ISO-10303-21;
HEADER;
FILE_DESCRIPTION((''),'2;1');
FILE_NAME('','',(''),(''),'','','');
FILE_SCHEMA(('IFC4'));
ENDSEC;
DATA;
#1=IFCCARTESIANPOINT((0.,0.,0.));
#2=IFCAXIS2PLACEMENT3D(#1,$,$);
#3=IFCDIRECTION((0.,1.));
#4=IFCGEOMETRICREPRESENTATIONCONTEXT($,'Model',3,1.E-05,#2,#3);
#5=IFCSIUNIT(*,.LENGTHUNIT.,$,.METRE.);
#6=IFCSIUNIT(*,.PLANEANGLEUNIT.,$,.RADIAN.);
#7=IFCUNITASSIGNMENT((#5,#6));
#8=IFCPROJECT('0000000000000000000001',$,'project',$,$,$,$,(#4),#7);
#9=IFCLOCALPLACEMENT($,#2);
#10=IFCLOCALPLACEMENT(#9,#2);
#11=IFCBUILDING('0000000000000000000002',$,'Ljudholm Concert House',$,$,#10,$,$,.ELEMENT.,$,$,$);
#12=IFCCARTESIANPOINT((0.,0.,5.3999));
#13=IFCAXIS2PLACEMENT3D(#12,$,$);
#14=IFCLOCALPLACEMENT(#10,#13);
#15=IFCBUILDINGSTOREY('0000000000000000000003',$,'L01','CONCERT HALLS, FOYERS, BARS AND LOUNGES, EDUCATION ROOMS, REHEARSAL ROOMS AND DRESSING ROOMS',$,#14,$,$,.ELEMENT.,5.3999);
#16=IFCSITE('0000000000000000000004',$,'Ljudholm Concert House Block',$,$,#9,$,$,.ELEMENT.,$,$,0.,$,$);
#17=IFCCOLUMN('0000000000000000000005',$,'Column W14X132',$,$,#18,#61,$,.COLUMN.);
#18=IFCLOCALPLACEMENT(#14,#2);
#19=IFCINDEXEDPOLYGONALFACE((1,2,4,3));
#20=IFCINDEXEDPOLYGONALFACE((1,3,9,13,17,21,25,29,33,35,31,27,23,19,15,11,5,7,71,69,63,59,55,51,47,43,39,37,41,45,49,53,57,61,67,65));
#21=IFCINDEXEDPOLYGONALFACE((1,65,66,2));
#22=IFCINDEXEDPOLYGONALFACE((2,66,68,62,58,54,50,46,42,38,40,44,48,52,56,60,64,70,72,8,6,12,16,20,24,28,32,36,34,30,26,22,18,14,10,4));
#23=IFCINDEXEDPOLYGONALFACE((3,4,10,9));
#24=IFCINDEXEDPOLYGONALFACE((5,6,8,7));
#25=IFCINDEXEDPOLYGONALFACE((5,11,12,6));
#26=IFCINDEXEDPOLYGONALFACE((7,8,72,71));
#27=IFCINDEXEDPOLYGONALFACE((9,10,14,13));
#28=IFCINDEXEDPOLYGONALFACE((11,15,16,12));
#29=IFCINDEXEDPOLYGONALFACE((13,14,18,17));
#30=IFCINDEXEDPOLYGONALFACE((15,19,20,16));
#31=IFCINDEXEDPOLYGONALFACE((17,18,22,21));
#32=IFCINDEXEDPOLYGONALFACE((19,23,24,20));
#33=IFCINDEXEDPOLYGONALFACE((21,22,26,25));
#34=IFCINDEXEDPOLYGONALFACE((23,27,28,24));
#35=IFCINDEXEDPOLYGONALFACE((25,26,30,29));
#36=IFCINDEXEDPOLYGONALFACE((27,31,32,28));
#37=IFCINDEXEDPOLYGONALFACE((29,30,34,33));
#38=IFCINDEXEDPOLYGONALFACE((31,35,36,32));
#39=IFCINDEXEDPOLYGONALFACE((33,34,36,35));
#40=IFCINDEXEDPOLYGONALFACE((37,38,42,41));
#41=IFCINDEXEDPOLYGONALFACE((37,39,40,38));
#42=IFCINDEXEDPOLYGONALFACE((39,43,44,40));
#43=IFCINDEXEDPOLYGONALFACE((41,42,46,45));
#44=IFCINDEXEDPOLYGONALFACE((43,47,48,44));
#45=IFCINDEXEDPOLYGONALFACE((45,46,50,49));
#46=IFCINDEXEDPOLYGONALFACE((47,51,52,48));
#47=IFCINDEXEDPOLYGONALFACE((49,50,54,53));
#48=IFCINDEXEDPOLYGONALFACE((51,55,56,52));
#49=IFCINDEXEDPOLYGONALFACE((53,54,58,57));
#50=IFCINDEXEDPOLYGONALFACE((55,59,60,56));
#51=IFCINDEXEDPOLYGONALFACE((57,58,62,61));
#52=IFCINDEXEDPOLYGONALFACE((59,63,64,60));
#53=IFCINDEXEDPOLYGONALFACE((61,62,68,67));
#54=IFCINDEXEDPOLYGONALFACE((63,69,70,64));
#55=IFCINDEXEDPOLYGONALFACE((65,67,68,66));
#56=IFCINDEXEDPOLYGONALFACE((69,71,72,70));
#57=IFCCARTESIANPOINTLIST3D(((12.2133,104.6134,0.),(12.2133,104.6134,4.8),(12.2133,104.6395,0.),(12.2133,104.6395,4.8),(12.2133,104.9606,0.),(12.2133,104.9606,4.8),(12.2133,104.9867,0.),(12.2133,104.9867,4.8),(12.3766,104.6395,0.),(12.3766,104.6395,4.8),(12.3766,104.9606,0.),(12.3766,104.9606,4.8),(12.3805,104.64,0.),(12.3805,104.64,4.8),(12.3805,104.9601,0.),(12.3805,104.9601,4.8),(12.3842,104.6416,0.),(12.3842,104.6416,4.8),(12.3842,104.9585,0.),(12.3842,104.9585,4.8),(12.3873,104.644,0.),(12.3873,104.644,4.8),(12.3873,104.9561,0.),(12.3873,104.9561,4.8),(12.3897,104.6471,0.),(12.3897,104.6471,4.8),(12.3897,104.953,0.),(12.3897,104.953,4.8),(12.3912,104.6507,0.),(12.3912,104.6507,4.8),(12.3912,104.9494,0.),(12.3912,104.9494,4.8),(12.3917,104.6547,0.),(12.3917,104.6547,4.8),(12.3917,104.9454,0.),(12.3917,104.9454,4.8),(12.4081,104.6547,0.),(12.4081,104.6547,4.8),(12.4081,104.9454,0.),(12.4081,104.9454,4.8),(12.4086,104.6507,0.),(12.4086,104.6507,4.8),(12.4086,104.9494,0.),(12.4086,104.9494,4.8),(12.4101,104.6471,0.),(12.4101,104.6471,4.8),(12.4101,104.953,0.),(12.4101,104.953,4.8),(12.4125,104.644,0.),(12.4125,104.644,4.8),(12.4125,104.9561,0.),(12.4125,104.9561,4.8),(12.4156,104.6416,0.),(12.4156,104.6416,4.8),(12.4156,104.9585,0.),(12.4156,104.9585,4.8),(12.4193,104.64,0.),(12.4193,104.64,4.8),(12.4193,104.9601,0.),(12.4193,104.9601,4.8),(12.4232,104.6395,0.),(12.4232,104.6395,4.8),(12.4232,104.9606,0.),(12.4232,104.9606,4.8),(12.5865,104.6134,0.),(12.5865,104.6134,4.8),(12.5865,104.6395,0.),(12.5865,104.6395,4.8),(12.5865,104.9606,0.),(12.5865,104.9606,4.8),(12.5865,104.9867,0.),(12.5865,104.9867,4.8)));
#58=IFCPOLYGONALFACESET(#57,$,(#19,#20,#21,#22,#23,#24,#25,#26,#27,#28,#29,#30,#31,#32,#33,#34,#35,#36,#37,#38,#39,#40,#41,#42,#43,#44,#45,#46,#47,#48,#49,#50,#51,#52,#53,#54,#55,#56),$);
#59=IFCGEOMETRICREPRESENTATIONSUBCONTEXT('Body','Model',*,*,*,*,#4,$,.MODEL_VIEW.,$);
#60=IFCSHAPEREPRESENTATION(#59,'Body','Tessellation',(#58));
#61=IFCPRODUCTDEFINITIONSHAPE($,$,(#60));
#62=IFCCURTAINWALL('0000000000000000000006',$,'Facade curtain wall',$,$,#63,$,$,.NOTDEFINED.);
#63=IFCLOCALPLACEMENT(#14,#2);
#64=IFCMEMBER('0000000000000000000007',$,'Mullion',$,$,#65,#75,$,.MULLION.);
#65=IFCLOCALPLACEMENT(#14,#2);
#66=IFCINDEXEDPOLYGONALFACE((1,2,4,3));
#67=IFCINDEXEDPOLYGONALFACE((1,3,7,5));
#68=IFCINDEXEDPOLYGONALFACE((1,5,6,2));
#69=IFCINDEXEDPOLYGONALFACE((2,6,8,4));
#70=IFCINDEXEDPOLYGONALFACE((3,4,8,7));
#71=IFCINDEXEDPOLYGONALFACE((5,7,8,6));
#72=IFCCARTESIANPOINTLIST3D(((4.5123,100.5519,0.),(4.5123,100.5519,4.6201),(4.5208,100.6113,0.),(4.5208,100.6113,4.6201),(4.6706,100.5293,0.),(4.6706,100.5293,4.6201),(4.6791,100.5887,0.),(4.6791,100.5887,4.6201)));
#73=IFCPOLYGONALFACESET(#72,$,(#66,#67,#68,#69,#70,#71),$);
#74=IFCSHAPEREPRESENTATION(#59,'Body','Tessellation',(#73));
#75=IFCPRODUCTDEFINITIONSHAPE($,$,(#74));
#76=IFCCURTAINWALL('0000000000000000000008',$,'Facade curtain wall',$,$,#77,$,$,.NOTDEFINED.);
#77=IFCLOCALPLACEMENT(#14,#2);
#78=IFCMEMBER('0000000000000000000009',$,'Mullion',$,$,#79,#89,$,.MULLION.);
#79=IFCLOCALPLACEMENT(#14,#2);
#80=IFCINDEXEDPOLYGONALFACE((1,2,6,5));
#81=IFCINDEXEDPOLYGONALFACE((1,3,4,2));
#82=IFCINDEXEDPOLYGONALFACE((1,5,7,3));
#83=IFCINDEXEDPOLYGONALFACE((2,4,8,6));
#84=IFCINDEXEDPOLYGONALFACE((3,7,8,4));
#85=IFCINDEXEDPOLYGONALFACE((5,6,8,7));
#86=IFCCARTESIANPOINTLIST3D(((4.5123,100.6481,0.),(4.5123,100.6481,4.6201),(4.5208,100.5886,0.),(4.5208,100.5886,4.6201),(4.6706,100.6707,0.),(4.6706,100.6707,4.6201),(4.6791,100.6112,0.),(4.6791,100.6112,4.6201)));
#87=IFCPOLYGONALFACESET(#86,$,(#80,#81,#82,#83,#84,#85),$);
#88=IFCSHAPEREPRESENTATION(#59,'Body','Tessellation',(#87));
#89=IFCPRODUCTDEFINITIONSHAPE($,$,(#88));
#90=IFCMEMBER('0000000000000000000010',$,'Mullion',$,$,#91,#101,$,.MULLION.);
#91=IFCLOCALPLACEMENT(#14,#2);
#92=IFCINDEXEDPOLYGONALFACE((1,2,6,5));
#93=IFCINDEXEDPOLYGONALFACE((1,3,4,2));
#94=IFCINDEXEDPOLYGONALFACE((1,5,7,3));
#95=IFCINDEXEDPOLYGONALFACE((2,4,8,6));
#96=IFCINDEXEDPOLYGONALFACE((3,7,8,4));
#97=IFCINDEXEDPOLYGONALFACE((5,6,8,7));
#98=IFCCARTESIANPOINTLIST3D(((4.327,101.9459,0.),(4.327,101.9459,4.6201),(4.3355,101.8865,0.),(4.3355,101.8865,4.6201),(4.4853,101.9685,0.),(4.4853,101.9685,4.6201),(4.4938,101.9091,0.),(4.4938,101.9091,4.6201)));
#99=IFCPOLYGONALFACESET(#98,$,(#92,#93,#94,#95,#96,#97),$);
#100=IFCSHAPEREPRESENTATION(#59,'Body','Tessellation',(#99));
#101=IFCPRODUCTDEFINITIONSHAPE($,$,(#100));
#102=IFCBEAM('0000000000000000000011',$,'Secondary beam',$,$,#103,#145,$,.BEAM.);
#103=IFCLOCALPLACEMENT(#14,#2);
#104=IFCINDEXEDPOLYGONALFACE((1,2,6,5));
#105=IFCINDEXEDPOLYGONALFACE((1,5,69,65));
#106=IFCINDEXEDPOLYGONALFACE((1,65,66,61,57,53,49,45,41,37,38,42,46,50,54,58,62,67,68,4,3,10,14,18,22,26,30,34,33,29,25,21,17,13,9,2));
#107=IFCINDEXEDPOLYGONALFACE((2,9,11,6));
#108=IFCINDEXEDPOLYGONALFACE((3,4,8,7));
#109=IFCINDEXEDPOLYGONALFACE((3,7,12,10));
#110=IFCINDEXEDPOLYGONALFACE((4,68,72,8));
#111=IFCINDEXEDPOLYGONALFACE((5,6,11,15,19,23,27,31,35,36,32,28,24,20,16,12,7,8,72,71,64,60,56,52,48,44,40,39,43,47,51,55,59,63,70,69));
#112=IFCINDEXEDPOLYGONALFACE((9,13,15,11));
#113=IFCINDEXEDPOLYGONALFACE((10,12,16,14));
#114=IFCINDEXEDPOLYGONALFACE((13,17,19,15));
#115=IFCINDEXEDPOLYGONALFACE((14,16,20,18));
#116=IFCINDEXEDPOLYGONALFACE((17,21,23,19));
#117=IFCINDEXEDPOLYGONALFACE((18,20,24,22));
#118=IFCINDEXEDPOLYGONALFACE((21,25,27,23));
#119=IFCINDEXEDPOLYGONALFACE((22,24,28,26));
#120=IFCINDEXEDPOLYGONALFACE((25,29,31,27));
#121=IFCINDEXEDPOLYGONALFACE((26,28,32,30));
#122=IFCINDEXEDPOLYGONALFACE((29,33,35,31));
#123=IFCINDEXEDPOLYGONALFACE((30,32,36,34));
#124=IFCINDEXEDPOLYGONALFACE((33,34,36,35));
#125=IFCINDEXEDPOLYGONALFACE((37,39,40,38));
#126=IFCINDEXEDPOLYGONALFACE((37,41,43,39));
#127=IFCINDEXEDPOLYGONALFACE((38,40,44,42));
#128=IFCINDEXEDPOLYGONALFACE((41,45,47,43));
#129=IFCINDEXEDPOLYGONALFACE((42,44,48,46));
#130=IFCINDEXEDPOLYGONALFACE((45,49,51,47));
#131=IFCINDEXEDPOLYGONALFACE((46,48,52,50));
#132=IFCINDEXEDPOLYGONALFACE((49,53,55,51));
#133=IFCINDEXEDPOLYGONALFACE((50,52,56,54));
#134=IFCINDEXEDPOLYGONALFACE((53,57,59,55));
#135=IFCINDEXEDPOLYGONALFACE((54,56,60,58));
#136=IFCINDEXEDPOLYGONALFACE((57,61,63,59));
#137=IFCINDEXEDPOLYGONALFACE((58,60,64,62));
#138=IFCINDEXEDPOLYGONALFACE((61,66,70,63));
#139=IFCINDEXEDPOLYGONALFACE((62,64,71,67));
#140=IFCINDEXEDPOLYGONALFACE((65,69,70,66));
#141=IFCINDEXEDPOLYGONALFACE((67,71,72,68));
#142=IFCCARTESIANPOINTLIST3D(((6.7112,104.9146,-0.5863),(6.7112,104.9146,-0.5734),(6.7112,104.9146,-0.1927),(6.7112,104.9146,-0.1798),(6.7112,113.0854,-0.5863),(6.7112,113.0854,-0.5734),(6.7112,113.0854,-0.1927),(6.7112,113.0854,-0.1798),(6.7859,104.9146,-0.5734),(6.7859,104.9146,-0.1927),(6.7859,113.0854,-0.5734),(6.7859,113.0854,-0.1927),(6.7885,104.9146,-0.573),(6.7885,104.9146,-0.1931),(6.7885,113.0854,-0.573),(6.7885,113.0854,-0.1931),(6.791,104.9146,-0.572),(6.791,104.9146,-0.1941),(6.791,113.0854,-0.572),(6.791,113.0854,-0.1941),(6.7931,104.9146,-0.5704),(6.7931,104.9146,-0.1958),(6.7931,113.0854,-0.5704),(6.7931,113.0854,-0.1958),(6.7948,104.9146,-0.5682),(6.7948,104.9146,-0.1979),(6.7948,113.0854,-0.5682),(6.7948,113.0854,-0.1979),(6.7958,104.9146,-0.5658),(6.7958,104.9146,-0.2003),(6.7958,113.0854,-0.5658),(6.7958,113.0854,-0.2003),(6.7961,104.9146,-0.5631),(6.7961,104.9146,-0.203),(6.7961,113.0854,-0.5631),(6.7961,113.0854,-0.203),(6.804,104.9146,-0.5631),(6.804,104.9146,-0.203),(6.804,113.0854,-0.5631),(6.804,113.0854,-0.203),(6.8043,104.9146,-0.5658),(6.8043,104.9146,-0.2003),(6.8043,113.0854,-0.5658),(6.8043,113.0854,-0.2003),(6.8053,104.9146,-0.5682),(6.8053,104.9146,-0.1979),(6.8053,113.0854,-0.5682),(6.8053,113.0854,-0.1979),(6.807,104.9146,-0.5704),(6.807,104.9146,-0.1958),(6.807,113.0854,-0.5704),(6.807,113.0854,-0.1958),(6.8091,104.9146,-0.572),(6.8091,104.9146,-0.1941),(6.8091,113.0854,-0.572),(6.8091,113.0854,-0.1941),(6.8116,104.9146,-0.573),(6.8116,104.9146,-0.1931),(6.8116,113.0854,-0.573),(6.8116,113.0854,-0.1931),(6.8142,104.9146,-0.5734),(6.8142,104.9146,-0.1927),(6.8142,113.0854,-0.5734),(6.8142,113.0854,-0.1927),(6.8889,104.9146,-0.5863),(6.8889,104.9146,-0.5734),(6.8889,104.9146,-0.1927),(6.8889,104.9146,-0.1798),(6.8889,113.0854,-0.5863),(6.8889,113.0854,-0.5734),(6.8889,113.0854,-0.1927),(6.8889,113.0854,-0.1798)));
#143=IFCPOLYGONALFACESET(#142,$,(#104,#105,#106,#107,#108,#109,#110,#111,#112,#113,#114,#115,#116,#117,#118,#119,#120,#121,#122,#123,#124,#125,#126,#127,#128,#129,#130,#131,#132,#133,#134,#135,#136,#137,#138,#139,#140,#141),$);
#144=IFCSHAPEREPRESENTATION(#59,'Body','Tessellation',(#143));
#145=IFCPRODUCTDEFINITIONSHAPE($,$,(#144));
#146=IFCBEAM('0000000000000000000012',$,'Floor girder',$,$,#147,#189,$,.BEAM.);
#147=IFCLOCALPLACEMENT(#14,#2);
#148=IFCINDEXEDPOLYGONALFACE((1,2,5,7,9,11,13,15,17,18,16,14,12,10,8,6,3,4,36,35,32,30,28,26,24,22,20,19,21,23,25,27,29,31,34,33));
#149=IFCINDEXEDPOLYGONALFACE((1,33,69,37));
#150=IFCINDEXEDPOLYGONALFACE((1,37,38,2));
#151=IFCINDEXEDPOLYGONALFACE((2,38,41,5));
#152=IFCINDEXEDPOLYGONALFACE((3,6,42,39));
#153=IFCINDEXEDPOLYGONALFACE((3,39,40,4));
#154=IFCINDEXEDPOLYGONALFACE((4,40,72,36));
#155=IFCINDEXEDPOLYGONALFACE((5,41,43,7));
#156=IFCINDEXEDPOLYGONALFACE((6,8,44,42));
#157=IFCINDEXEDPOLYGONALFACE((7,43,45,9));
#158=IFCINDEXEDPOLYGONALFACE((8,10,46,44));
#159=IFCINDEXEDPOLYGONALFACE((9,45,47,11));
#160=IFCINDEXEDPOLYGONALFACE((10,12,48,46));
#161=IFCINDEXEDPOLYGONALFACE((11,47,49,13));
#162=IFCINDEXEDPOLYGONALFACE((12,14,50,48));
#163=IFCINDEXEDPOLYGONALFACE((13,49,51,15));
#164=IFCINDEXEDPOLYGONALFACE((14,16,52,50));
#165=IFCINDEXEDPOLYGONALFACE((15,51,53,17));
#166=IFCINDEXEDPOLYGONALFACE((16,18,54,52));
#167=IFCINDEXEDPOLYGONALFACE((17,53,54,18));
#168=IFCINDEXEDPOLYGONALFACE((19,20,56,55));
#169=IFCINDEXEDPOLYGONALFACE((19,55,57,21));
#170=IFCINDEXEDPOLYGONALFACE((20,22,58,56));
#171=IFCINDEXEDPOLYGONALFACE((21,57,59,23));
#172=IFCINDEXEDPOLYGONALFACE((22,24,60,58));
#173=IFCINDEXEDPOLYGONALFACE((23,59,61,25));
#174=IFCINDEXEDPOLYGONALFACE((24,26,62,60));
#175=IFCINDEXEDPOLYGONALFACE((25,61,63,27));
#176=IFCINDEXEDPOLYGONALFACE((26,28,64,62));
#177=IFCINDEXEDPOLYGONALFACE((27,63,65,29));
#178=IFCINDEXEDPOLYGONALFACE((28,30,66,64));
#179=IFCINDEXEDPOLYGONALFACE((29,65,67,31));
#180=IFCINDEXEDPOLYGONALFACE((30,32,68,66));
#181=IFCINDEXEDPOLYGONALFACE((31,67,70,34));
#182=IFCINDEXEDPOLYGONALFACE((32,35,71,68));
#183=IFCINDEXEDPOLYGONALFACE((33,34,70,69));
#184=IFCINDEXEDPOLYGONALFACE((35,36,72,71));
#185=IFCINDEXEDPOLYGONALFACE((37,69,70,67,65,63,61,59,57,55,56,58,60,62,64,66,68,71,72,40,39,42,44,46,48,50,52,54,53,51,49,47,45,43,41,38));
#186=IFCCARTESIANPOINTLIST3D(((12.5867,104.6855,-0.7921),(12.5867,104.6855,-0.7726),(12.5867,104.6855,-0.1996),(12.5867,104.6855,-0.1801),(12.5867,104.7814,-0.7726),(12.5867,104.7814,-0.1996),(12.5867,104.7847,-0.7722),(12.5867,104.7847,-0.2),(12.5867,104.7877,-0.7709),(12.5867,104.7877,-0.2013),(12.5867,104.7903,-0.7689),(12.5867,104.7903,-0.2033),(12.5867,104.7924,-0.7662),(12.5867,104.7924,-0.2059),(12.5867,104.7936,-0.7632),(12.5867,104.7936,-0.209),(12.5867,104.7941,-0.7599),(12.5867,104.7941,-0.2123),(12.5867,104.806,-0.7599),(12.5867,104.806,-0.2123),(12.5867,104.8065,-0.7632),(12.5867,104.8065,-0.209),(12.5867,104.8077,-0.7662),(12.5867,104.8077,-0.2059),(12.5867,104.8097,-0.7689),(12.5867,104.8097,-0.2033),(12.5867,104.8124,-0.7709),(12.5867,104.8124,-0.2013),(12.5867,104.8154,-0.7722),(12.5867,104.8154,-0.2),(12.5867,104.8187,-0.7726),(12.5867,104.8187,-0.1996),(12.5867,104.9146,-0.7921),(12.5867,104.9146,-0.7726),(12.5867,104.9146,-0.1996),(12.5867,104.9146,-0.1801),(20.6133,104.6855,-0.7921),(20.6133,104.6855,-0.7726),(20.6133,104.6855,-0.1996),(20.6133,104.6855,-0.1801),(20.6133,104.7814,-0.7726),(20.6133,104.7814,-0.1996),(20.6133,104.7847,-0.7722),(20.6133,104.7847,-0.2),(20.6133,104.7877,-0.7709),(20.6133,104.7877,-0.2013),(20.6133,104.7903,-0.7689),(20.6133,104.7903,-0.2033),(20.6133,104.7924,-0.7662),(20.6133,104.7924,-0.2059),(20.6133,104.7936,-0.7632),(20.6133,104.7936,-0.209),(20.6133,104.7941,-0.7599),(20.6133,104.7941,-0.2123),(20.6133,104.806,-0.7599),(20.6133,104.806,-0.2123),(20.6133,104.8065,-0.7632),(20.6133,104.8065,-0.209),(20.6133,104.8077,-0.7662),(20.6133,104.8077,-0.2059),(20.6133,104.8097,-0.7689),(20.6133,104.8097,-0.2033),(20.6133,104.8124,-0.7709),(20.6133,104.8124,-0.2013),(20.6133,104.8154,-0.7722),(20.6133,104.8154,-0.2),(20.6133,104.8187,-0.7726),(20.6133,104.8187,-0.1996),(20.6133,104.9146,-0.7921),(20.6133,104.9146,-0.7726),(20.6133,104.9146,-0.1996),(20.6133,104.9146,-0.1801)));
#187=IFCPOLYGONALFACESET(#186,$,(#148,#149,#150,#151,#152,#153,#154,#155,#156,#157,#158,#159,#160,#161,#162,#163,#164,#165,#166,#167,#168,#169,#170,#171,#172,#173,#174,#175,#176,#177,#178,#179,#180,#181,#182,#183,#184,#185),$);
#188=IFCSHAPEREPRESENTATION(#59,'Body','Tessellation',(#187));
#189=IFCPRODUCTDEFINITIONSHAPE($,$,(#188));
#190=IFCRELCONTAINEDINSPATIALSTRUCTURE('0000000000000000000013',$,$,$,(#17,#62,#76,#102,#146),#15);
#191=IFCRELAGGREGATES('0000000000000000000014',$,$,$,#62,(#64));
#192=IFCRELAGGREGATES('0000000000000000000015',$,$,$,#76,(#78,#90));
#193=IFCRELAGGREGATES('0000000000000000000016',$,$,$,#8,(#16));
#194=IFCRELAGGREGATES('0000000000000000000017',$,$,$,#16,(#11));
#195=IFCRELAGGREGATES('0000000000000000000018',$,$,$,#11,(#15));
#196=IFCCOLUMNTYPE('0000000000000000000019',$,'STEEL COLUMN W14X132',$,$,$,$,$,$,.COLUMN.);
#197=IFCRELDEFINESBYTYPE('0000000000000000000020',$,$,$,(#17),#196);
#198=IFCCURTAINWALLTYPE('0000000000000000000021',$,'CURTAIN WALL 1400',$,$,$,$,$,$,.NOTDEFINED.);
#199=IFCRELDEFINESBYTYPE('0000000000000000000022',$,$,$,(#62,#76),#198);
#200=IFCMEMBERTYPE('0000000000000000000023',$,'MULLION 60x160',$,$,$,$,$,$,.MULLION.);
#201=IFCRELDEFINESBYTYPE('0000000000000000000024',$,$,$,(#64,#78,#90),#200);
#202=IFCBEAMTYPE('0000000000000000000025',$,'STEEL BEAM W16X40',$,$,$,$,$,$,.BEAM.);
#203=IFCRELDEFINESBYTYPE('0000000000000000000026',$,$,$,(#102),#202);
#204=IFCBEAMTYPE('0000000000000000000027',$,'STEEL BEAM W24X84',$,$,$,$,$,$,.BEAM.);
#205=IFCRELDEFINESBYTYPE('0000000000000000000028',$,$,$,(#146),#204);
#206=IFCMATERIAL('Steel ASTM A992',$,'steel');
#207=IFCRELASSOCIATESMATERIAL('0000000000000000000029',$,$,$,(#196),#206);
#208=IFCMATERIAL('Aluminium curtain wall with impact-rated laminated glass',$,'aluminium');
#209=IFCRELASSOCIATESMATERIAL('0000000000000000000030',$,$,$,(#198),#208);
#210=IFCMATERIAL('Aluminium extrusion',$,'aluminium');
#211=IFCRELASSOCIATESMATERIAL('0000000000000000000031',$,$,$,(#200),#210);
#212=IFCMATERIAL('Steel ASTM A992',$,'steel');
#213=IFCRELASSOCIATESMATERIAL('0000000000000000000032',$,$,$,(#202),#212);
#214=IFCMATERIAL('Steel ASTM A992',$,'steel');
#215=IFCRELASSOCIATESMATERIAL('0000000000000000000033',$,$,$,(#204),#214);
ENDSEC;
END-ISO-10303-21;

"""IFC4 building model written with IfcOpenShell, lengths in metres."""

from ifc_helpers import new_model, si_unit, direction, frame, origin, origin_2d, place, context, subcontext, project, spatial, rectangle, i_section, extrude, material, material_profile, profile_set, type_object, element, aggregate, save


model = new_model("IFC4")

# Units and contexts
model_context = context("Model", 3, precision=1e-05, world=origin(), true_north=direction((0.0, 1.0)))
body_context = subcontext(model_context, "Body", "Model", "MODEL_VIEW")
ifc_project = project(units=[si_unit("LENGTHUNIT", "METRE"), si_unit("PLANEANGLEUNIT", "RADIAN")], contexts=[model_context])

# Site, building, storey
site_placement = place(None, origin())
site = spatial("IfcSite", under=ifc_project, at=site_placement, Name="Ljudholm Concert House Block", CompositionType="ELEMENT", RefElevation=0.0)
building_placement = place(site_placement, origin())
building = spatial("IfcBuilding", under=site, at=building_placement, Name="Ljudholm Concert House", CompositionType="ELEMENT")
storey_placement = place(building_placement, frame((0.0, 0.0, 5.3999)))
storey = spatial("IfcBuildingStorey", under=building, at=storey_placement, Name="L01", Description="CONCERT HALLS, FOYERS, BARS AND LOUNGES, EDUCATION ROOMS, REHEARSAL ROOMS AND DRESSING ROOMS", CompositionType="ELEMENT", Elevation=5.3999)

# Column
ifc_material_1 = material(Name="Steel ASTM A992", Category="steel")
ifc_material_profile_1 = material_profile(ifc_material_1, i_section(OverallWidth=0.3733, OverallDepth=0.3733, WebThickness=0.0164, FlangeThickness=0.0261, FilletRadius=0.0151, at=origin_2d()), Name="W14X132")
ifc_profile_set_1 = profile_set([ifc_material_profile_1], Name="Steel ASTM A992")
column_type = type_object("IfcColumnType", Name="STEEL COLUMN W14X132", PredefinedType="COLUMN", material=ifc_profile_set_1)
column_placement = place(storey_placement, frame((12.3999, 104.8, 0.0), z_axis=(0.0, 0.0, 1.0), x_axis=(1.0, 0.0, 0.0)))
element("IfcColumn", 1, at=column_placement, inside=storey, type_object=column_type, Name="Column W14X132", PredefinedType="COLUMN", context=body_context, shape_type="SweptSolid", body=[
    extrude(i_section(OverallWidth=0.3733, OverallDepth=0.3733, WebThickness=0.0164, FlangeThickness=0.0261, FilletRadius=0.0151, at=origin_2d()), origin(), (0.0, 0.0, 1.0), 4.8),
])

# Curtain wall, member
ifc_material_2 = material(Name="Aluminium curtain wall with impact-rated laminated glass", Category="aluminium")
curtain_wall_type = type_object("IfcCurtainWallType", Name="CURTAIN WALL 1400", PredefinedType="NOTDEFINED", material=ifc_material_2)
curtain_wall_1_placement = place(storey_placement, origin())
curtain_wall_1 = element("IfcCurtainWall", 2, at=curtain_wall_1_placement, inside=storey, type_object=curtain_wall_type, Name="Facade curtain wall", PredefinedType="NOTDEFINED")
ifc_material_3 = material(Name="Aluminium extrusion", Category="aluminium")
ifc_material_profile_2 = material_profile(ifc_material_3, rectangle(XDim=0.1599, YDim=0.0601, at=origin_2d()), Name="MULLION 60x160")
ifc_profile_set_2 = profile_set([ifc_material_profile_2], Name="Aluminium extrusion")
member_type_1 = type_object("IfcMemberType", Name="MULLION 60x160", PredefinedType="MULLION", material=ifc_profile_set_2)
member_1_placement = place(storey_placement, frame((4.5957, 100.5703, 0.0), z_axis=(0.0, 0.0, 1.0), x_axis=(-0.989949, 0.141421, 0.0)))
member_1 = element("IfcMember", 3, at=member_1_placement, type_object=member_type_1, Name="Mullion", PredefinedType="MULLION", context=body_context, shape_type="SweptSolid", body=[
    extrude(rectangle(XDim=0.1599, YDim=0.0601, at=origin_2d()), origin(), (0.0, 0.0, 1.0), 4.6201),
])

# Curtain wall, members
curtain_wall_2_placement = place(storey_placement, origin())
curtain_wall_2 = element("IfcCurtainWall", 4, at=curtain_wall_2_placement, inside=storey, type_object=curtain_wall_type, Name="Facade curtain wall", PredefinedType="NOTDEFINED")
member_2_placement = place(storey_placement, frame((4.5957, 100.6296, 0.0), z_axis=(0.0, 0.0, 1.0), x_axis=(-0.989949, -0.141421, 0.0)))
member_2 = element("IfcMember", 5, at=member_2_placement, type_object=member_type_1, Name="Mullion", PredefinedType="MULLION", context=body_context, shape_type="SweptSolid", body=[
    extrude(rectangle(XDim=0.1599, YDim=0.0601, at=origin_2d()), origin(), (0.0, 0.0, 1.0), 4.6201),
])
member_3_placement = place(storey_placement, frame((4.4104, 101.9275, 0.0), z_axis=(0.0, 0.0, 1.0), x_axis=(-0.989949, -0.141421, 0.0)))
member_3 = element("IfcMember", 6, at=member_3_placement, type_object=member_type_1, Name="Mullion", PredefinedType="MULLION", context=body_context, shape_type="SweptSolid", body=[
    extrude(rectangle(XDim=0.1599, YDim=0.0601, at=origin_2d()), origin(), (0.0, 0.0, 1.0), 4.6201),
])

# Beams
ifc_material_4 = material(Name="Steel ASTM A992", Category="steel")
ifc_material_profile_3 = material_profile(ifc_material_4, i_section(OverallWidth=0.1777, OverallDepth=0.4065, WebThickness=0.0078, FlangeThickness=0.0129, FilletRadius=0.0103, at=origin_2d()), Name="W16X40")
ifc_profile_set_3 = profile_set([ifc_material_profile_3], Name="Steel ASTM A992")
beam_type_1 = type_object("IfcBeamType", Name="STEEL BEAM W16X40", PredefinedType="BEAM", material=ifc_profile_set_3)
beam_1_placement = place(storey_placement, frame((6.8, 104.9146, -0.3831), z_axis=(0.0, 1.0, 0.0), x_axis=(-1.0, 0.0, 0.0)))
element("IfcBeam", 7, at=beam_1_placement, inside=storey, type_object=beam_type_1, Name="Secondary beam", PredefinedType="BEAM", context=body_context, shape_type="SweptSolid", body=[
    extrude(i_section(OverallWidth=0.1777, OverallDepth=0.4065, WebThickness=0.0078, FlangeThickness=0.0129, FilletRadius=0.0103, at=origin_2d()), origin(), (0.0, 0.0, 1.0), 8.1709),
])
ifc_material_5 = material(Name="Steel ASTM A992", Category="steel")
ifc_material_profile_4 = material_profile(ifc_material_5, i_section(OverallWidth=0.229, OverallDepth=0.6121, WebThickness=0.012, FlangeThickness=0.0195, FilletRadius=0.0127, at=origin_2d()), Name="W24X84")
ifc_profile_set_4 = profile_set([ifc_material_profile_4], Name="Steel ASTM A992")
beam_type_2 = type_object("IfcBeamType", Name="STEEL BEAM W24X84", PredefinedType="BEAM", material=ifc_profile_set_4)
beam_2_placement = place(storey_placement, frame((12.5867, 104.8, -0.4861), z_axis=(1.0, 0.0, 0.0), x_axis=(0.0, 1.0, 0.0)))
element("IfcBeam", 8, at=beam_2_placement, inside=storey, type_object=beam_type_2, Name="Floor girder", PredefinedType="BEAM", context=body_context, shape_type="SweptSolid", body=[
    extrude(i_section(OverallWidth=0.229, OverallDepth=0.6121, WebThickness=0.012, FlangeThickness=0.0195, FilletRadius=0.0127, at=origin_2d()), origin(), (0.0, 0.0, 1.0), 8.0266),
])

aggregate(curtain_wall_1, [member_1])
aggregate(curtain_wall_2, [member_2, member_3])

save(model, "model.ifc")
